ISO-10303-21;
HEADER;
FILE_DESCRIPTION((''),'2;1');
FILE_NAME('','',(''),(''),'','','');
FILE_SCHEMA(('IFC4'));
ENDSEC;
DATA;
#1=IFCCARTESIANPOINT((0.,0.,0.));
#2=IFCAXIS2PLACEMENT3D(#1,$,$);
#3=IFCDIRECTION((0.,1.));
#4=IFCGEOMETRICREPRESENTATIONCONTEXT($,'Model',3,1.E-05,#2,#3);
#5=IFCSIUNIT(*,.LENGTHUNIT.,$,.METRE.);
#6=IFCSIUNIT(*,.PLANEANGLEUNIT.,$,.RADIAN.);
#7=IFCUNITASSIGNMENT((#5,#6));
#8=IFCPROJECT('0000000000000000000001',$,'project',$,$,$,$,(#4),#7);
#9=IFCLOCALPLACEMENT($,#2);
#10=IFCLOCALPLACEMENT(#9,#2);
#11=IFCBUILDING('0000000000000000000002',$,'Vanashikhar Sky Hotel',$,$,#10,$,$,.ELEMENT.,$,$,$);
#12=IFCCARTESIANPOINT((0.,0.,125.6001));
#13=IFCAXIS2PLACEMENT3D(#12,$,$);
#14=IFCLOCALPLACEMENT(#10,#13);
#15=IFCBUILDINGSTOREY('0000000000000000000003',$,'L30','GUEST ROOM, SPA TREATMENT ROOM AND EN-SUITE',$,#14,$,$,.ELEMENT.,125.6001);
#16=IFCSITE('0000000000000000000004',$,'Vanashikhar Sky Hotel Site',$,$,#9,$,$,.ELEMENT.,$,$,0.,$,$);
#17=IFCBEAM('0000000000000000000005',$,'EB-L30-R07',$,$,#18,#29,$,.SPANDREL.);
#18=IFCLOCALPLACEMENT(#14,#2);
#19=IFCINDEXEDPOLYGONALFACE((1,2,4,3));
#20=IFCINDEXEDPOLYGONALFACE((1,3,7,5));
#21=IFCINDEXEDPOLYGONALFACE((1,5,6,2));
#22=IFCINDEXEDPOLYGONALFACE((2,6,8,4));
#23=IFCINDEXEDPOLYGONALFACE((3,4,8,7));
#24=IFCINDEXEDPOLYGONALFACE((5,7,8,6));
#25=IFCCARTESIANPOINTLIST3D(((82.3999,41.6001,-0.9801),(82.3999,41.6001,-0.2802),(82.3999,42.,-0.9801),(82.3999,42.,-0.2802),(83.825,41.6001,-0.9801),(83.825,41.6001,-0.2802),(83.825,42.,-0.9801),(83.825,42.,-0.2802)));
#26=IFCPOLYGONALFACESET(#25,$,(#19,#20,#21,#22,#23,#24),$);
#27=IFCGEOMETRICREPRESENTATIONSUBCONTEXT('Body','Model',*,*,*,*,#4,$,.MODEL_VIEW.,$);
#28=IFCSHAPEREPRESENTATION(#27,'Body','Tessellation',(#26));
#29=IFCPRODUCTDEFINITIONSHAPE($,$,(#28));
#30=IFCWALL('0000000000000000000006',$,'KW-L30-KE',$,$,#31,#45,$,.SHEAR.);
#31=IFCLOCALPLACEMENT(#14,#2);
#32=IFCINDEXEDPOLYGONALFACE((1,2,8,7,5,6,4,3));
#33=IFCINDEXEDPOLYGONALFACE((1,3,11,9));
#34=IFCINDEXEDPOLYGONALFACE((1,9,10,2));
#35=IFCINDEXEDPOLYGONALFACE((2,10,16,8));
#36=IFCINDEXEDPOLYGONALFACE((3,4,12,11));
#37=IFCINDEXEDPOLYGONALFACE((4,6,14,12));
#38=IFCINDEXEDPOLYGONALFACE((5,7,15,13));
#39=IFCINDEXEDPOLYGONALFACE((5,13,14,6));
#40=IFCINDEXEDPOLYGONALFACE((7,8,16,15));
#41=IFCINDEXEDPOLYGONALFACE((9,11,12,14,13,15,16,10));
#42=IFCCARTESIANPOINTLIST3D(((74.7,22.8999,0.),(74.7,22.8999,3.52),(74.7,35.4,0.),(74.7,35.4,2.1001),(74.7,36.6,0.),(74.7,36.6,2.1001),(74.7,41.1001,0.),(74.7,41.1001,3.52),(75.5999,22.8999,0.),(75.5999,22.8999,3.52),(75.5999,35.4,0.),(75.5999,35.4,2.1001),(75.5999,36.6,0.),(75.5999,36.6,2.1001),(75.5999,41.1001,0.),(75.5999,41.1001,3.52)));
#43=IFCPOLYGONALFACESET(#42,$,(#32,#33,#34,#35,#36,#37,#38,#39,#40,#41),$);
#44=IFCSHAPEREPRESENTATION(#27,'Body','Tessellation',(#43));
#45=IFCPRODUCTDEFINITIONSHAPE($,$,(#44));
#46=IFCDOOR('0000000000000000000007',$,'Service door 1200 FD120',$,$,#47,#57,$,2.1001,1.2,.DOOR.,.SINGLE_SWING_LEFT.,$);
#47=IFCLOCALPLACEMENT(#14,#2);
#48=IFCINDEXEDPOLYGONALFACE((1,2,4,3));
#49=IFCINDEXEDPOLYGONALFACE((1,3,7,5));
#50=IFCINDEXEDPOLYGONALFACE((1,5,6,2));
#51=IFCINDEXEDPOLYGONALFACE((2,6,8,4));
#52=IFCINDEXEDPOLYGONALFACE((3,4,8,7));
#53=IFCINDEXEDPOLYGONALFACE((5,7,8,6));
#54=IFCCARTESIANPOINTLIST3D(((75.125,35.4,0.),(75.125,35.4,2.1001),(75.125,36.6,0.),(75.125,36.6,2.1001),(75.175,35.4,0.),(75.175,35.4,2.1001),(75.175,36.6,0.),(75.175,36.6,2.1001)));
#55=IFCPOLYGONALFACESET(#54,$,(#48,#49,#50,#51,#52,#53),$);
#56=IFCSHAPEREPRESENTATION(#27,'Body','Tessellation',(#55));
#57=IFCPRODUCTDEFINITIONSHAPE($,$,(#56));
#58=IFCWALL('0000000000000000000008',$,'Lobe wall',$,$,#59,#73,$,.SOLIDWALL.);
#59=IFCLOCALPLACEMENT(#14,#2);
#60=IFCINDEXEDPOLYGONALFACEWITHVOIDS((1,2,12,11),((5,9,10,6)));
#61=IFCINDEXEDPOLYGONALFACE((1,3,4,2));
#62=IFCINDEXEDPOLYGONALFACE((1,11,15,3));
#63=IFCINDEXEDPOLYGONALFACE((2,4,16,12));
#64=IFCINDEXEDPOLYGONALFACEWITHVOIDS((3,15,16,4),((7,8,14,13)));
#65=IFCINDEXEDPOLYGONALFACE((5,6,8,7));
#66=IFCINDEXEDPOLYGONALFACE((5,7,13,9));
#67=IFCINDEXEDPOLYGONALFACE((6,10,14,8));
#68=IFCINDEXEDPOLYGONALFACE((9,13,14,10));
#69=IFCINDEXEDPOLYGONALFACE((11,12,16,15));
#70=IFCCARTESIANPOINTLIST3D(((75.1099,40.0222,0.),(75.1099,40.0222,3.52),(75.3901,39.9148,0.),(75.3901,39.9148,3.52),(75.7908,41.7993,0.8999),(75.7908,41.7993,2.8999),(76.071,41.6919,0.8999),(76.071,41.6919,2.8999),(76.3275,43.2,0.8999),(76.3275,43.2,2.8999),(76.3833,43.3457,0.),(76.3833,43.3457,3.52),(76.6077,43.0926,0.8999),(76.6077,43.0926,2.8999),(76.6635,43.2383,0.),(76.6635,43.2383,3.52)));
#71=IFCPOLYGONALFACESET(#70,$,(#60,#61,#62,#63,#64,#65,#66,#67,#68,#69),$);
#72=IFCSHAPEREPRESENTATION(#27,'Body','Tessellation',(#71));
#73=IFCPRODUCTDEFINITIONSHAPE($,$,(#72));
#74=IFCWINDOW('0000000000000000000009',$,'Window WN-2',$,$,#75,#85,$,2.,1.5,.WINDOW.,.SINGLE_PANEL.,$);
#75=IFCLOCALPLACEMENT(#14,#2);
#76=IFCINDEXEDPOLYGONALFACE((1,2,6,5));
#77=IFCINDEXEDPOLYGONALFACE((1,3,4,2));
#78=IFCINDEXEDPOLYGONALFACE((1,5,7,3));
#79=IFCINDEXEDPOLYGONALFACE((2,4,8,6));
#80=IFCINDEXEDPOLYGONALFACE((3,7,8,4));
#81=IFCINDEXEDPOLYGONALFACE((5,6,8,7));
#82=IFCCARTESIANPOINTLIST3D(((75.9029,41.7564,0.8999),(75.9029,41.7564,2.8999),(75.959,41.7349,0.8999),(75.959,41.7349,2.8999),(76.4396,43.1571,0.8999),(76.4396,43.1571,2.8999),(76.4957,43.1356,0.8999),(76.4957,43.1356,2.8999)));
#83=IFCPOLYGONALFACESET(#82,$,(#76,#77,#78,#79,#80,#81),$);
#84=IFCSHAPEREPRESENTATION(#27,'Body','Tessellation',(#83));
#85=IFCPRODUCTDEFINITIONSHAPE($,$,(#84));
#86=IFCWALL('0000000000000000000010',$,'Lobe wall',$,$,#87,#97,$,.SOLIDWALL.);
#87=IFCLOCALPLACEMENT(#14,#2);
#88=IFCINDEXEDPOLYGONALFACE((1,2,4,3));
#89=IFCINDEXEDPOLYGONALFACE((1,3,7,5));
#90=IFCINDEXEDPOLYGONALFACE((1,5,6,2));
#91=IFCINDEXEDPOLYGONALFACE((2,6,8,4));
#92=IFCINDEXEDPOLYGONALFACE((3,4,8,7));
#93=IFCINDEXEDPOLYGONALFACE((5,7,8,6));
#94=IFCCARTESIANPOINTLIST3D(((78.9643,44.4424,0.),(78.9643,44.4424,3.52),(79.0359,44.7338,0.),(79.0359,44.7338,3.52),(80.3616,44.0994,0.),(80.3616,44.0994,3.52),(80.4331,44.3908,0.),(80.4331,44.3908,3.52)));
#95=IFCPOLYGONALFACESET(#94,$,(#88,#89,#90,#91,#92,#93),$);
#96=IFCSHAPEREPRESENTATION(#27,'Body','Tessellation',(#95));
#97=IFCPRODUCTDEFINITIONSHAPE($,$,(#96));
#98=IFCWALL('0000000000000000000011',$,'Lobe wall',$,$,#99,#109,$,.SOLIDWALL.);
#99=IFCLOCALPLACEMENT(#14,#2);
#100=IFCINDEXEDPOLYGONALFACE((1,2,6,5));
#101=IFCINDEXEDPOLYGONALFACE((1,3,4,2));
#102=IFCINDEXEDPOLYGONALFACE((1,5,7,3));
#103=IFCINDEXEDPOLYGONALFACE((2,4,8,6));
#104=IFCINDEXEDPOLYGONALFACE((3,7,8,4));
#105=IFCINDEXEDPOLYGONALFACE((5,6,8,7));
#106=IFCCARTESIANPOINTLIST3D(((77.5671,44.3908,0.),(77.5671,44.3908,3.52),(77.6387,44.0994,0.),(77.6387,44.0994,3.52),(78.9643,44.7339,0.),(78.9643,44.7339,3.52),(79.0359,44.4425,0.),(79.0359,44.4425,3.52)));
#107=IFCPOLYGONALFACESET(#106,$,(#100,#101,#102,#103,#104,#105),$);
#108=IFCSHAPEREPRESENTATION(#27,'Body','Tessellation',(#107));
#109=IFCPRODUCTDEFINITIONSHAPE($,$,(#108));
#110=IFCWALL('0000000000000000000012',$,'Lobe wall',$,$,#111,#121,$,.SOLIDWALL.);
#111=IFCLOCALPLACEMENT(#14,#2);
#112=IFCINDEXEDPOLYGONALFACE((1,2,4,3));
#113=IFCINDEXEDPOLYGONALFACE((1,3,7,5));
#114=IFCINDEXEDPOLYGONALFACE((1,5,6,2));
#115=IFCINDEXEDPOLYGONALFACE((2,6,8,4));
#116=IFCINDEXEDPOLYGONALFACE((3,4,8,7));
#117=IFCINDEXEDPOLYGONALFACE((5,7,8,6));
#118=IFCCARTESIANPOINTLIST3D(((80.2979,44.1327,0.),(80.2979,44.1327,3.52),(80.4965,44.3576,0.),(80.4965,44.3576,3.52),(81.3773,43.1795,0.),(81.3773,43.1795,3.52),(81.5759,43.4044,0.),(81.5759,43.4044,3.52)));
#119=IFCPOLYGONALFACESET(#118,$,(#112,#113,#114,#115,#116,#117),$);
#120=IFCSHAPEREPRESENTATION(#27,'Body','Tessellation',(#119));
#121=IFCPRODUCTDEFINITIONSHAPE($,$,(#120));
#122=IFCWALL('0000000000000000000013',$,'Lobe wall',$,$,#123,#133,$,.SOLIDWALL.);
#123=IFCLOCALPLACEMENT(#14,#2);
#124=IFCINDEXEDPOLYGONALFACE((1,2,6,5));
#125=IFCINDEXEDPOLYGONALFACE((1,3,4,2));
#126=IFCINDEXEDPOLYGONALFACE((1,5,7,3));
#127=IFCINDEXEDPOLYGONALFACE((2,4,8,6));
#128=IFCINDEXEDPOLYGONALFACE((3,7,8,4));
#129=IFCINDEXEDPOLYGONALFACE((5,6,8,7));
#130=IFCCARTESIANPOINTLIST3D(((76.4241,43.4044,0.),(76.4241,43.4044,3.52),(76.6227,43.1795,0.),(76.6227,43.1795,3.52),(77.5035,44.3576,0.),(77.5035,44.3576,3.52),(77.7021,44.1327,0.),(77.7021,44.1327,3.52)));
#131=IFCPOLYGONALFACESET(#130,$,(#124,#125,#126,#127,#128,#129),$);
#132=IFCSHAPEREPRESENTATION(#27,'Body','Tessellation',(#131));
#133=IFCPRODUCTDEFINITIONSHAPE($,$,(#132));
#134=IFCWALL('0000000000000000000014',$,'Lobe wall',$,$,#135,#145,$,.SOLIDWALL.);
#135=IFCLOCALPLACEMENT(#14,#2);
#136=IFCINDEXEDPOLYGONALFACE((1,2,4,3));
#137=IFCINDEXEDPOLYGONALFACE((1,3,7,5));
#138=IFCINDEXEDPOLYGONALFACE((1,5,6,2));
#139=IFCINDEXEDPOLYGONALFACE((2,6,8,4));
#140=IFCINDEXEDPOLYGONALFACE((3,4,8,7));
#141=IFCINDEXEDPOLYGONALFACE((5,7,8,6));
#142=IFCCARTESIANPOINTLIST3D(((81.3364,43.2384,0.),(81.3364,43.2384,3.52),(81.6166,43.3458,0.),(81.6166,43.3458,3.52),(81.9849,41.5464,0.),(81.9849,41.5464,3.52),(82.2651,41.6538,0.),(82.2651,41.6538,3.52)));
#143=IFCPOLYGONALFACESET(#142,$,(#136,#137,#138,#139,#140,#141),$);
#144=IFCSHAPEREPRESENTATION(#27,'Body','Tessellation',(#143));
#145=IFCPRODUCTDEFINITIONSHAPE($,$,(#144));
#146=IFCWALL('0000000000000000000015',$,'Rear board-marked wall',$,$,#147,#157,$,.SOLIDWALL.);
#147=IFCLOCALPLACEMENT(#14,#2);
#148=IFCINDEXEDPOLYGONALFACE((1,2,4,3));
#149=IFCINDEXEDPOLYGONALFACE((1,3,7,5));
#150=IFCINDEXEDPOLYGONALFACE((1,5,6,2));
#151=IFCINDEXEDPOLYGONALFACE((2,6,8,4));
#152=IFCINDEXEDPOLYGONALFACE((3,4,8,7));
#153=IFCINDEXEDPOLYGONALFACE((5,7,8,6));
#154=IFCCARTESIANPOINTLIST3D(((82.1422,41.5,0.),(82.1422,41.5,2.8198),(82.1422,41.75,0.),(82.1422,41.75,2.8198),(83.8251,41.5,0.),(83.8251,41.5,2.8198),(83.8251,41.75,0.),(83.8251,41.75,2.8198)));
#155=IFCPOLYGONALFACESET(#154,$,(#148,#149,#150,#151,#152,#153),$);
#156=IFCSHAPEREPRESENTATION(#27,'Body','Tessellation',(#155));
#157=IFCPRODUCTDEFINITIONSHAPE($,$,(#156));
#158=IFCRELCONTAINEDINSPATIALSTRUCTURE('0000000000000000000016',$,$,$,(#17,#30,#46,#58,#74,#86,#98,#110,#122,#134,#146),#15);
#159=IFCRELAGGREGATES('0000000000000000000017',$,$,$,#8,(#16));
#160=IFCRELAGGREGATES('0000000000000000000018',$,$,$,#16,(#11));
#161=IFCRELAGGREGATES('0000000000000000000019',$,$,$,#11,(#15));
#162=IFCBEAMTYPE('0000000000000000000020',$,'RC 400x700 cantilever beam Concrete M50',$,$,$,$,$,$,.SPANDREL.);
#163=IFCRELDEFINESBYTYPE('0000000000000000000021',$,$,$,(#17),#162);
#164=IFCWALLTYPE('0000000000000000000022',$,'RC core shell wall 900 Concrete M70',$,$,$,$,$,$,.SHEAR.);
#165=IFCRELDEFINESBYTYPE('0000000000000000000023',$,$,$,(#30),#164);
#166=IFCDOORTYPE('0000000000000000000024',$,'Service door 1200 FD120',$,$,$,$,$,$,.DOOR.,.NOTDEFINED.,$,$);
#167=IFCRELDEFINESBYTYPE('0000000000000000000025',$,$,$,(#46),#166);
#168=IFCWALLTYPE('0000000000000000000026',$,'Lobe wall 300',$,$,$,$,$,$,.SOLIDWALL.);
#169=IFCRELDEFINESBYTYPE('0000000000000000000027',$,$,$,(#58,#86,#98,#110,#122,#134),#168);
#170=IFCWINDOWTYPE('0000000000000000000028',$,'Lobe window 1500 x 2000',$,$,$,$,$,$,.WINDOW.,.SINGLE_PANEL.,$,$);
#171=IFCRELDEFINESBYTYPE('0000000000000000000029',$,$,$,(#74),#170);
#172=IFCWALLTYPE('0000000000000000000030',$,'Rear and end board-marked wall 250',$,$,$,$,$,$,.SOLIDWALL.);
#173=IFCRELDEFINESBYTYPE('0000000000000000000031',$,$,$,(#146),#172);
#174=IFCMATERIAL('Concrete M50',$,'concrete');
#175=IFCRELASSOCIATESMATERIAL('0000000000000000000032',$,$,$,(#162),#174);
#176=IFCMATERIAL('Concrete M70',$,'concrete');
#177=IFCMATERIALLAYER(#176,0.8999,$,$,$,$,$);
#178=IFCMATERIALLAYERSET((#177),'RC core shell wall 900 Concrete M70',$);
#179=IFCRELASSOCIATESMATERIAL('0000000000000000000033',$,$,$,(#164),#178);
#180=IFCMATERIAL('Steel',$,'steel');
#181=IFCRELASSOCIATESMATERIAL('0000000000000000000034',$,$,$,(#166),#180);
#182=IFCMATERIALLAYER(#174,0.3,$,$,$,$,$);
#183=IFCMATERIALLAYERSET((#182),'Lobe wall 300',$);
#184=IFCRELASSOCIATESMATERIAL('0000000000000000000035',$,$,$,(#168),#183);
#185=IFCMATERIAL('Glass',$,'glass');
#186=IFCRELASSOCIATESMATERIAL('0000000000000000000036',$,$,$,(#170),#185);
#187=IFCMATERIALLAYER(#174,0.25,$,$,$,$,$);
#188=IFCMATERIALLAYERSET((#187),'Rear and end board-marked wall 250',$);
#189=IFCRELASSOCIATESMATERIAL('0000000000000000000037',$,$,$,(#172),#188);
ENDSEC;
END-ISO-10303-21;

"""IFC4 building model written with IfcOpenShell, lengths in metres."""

from ifc_helpers import new_model, si_unit, direction, frame, frame_2d, origin, origin_2d, place, context, subcontext, project, spatial, rectangle, extrude, source, transform, mapped, material, layer, layer_set, material_profile, profile_set, type_object, element, fill, save


model = new_model("IFC4")

# Units and contexts
model_context = context("Model", 3, precision=1e-05, world=origin(), true_north=direction((0.0, 1.0)))
body_context = subcontext(model_context, "Body", "Model", "MODEL_VIEW")
ifc_project = project(units=[si_unit("LENGTHUNIT", "METRE"), si_unit("PLANEANGLEUNIT", "RADIAN")], contexts=[model_context])

# Site, building, storey
site_placement = place(None, origin())
site = spatial("IfcSite", under=ifc_project, at=site_placement, Name="Vanashikhar Sky Hotel Site", CompositionType="ELEMENT", RefElevation=0.0)
building_placement = place(site_placement, origin())
building = spatial("IfcBuilding", under=site, at=building_placement, Name="Vanashikhar Sky Hotel", CompositionType="ELEMENT")
storey_placement = place(building_placement, frame((0.0, 0.0, 125.6001)))
storey = spatial("IfcBuildingStorey", under=building, at=storey_placement, Name="L30", Description="GUEST ROOM, SPA TREATMENT ROOM AND EN-SUITE", CompositionType="ELEMENT", Elevation=125.6001)

# Beam
ifc_material_1 = material(Name="Concrete M50", Category="concrete")
ifc_material_profile_1 = material_profile(ifc_material_1, rectangle(XDim=0.3999, YDim=0.7, at=origin_2d()))
ifc_profile_set_1 = profile_set([ifc_material_profile_1], Name="RC 400x700 cantilever beam Concrete M50")
beam_type = type_object("IfcBeamType", Name="RC 400x700 cantilever beam Concrete M50", PredefinedType="SPANDREL", material=ifc_profile_set_1)
shared_shape_1 = source(origin(), body_context, "Body", "SweptSolid", [
    extrude(rectangle(XDim=0.3999, YDim=0.7, at=origin_2d()), origin(), (0.0, 0.0, 1.0), 1.425),
])
beam_placement = place(storey_placement, frame((82.3999, 41.8, -0.6301), z_axis=(1.0, 0.0, 0.0), x_axis=(0.0, 1.0, 0.0)))
element("IfcBeam", 1, at=beam_placement, inside=storey, type_object=beam_type, Name="EB-L30-R07", PredefinedType="SPANDREL", context=body_context, shape_type="MappedRepresentation", body=[
    mapped(shared_shape_1, transform((0.0, 0.0, 0.0), scale=1.0)),
])

# Wall, opening, door
ifc_material_2 = material(Name="Concrete M70", Category="concrete")
ifc_layer_1 = layer(ifc_material_2, 0.8999)
ifc_layer_set_1 = layer_set([ifc_layer_1], Name="RC core shell wall 900 Concrete M70")
wall_type_1 = type_object("IfcWallType", Name="RC core shell wall 900 Concrete M70", PredefinedType="SHEAR", material=ifc_layer_set_1)
shared_shape_2 = source(origin(), body_context, "Body", "SweptSolid", [
    extrude(rectangle(XDim=18.2002, YDim=0.8999, at=frame_2d((9.1001, 0.0))), origin(), (0.0, 0.0, 1.0), 3.52),
])
wall_1_placement = place(storey_placement, frame((75.1499, 22.8999, 0.0), z_axis=(0.0, 0.0, 1.0), x_axis=(0.0, 1.0, 0.0)))
wall_1 = element("IfcWall", 2, at=wall_1_placement, inside=storey, type_object=wall_type_1, Name="KW-L30-KE", PredefinedType="SHEAR", context=body_context, shape_type="MappedRepresentation", body=[
    mapped(shared_shape_2, transform((0.0, 0.0, 0.0), scale=1.0)),
])
shared_shape_3 = source(origin(), body_context, "Body", "SweptSolid", [
    extrude(rectangle(XDim=1.2, YDim=2.1001, at=frame_2d((0.6001, 1.05))), frame((0.0, 0.46, 0.0), z_axis=(0.0, -1.0, 0.0), x_axis=(1.0, 0.0, 0.0)), (0.0, 0.0, 1.0), 0.9199),
])
opening_1_placement = place(wall_1_placement, frame((12.5, 0.0, 0.0)))
opening_1 = element("IfcOpeningElement", 3, at=opening_1_placement, cuts=wall_1, PredefinedType="OPENING", context=body_context, shape_type="MappedRepresentation", body=[
    mapped(shared_shape_3, transform((0.0, 0.0, 0.0), scale=1.0)),
])
ifc_material_3 = material(Name="Steel", Category="steel")
door_type_1 = type_object("IfcDoorType", Name="Service door 1200 FD120", OperationType="NOTDEFINED", PredefinedType="DOOR", material=ifc_material_3)
shared_shape_4 = source(origin(), body_context, "Body", "SweptSolid", [
    extrude(rectangle(XDim=1.2, YDim=2.1001, at=frame_2d((0.6001, 1.05))), frame((0.0, 0.0249, 0.0), z_axis=(0.0, -1.0, 0.0), x_axis=(1.0, 0.0, 0.0)), (0.0, 0.0, 1.0), 0.05),
])
door_1_placement = place(opening_1_placement, origin())
door_1 = element("IfcDoor", 4, at=door_1_placement, inside=storey, type_object=door_type_1, Name="Service door 1200 FD120", OperationType="SINGLE_SWING_LEFT", OverallHeight=2.1001, OverallWidth=1.2, PredefinedType="DOOR", context=body_context, shape_type="MappedRepresentation", body=[
    mapped(shared_shape_4, transform((0.0, 0.0, 0.0), scale=1.0)),
])
fill(opening_1, door_1)

# Wall, opening, window
ifc_layer_2 = layer(ifc_material_1, 0.3)
ifc_layer_set_2 = layer_set([ifc_layer_2], Name="Lobe wall 300")
wall_type_2 = type_object("IfcWallType", Name="Lobe wall 300", PredefinedType="SOLIDWALL", material=ifc_layer_set_2)
shared_shape_5 = source(origin(), body_context, "Body", "SweptSolid", [
    extrude(rectangle(XDim=3.5591, YDim=0.3, at=frame_2d((1.7795, 0.0))), origin(), (0.0, 0.0, 1.0), 3.52),
])
wall_2_placement = place(storey_placement, frame((76.5234, 43.292, 0.0), z_axis=(0.0, 0.0, 1.0), x_axis=(-0.357797, -0.933799, 0.0)))
wall_2 = element("IfcWall", 5, at=wall_2_placement, inside=storey, type_object=wall_type_2, Name="Lobe wall", PredefinedType="SOLIDWALL", context=body_context, shape_type="MappedRepresentation", body=[
    mapped(shared_shape_5, transform((0.0, 0.0, 0.0), scale=1.0)),
])
shared_shape_6 = source(origin(), body_context, "Body", "SweptSolid", [
    extrude(rectangle(XDim=1.5, YDim=2.0, at=frame_2d((0.75, 1.0))), frame((0.0, 0.1602, 0.0), z_axis=(0.0, -1.0, 0.0), x_axis=(1.0, 0.0, 0.0)), (0.0, 0.0, 1.0), 0.3201),
])
opening_2_placement = place(wall_2_placement, frame((0.156, 0.0, 0.8999)))
opening_2 = element("IfcOpeningElement", 6, at=opening_2_placement, cuts=wall_2, PredefinedType="OPENING", context=body_context, shape_type="MappedRepresentation", body=[
    mapped(shared_shape_6, transform((0.0, 0.0, 0.0), scale=1.0)),
])
ifc_material_4 = material(Name="Glass", Category="glass")
window_type = type_object("IfcWindowType", Name="Lobe window 1500 x 2000", PartitioningType="SINGLE_PANEL", PredefinedType="WINDOW", material=ifc_material_4)
shared_shape_7 = source(origin(), body_context, "Body", "SweptSolid", [
    extrude(rectangle(XDim=1.5, YDim=2.0, at=frame_2d((0.75, 1.0))), frame((0.0, 0.03, 0.0), z_axis=(0.0, -1.0, 0.0), x_axis=(1.0, 0.0, 0.0)), (0.0, 0.0, 1.0), 0.0601),
])
window_placement = place(opening_2_placement, origin())
window = element("IfcWindow", 7, at=window_placement, inside=storey, type_object=window_type, Name="Window WN-2", OverallHeight=2.0, OverallWidth=1.5, PartitioningType="SINGLE_PANEL", PredefinedType="WINDOW", context=body_context, shape_type="MappedRepresentation", body=[
    mapped(shared_shape_7, transform((0.0, 0.0, 0.0), scale=1.0)),
])
fill(opening_2, window)

# Walls
shared_shape_8 = source(origin(), body_context, "Body", "SweptSolid", [
    extrude(rectangle(XDim=1.4387, YDim=0.3, at=frame_2d((0.7192, 0.0))), origin(), (0.0, 0.0, 1.0), 3.52),
])
for number, where, z_axis, x_axis, name in (
    (8, (80.3972, 44.2451, 0.0), (0.0, 0.0, 1.0), (-0.971162, 0.238421, 0.0), "Lobe wall"),
    (9, (79.0, 44.5881, 0.0), (0.0, 0.0, 1.0), (-0.971162, -0.238421, 0.0), "Lobe wall"),
):
    element("IfcWall", number, at=place(storey_placement, frame(where, z_axis=z_axis, x_axis=x_axis)), inside=storey, type_object=wall_type_2, Name=name, PredefinedType="SOLIDWALL", context=body_context, shape_type="MappedRepresentation", body=[
        mapped(shared_shape_8, transform((0.0, 0.0, 0.0), scale=1.0)),
    ])
shared_shape_9 = source(origin(), body_context, "Body", "SweptSolid", [
    extrude(rectangle(XDim=1.4399, YDim=0.3, at=frame_2d((0.72, 0.0))), origin(), (0.0, 0.0, 1.0), 3.52),
])
for number, where, z_axis, x_axis, name in (
    (10, (81.4766, 43.292, 0.0), (0.0, 0.0, 1.0), (-0.749576, 0.661919, 0.0), "Lobe wall"),
    (11, (77.6028, 44.2451, 0.0), (0.0, 0.0, 1.0), (-0.749576, -0.661919, 0.0), "Lobe wall"),
):
    element("IfcWall", number, at=place(storey_placement, frame(where, z_axis=z_axis, x_axis=x_axis)), inside=storey, type_object=wall_type_2, Name=name, PredefinedType="SOLIDWALL", context=body_context, shape_type="MappedRepresentation", body=[
        mapped(shared_shape_9, transform((0.0, 0.0, 0.0), scale=1.0)),
    ])
shared_shape_10 = source(origin(), body_context, "Body", "SweptSolid", [
    extrude(rectangle(XDim=1.812, YDim=0.3, at=frame_2d((0.906, 0.0))), origin(), (0.0, 0.0, 1.0), 3.52),
])
wall_3_placement = place(storey_placement, frame((82.125, 41.6001, 0.0), z_axis=(0.0, 0.0, 1.0), x_axis=(-0.357877, 0.933769, 0.0)))
element("IfcWall", 12, at=wall_3_placement, inside=storey, type_object=wall_type_2, Name="Lobe wall", PredefinedType="SOLIDWALL", context=body_context, shape_type="MappedRepresentation", body=[
    mapped(shared_shape_10, transform((0.0, 0.0, 0.0), scale=1.0)),
])
ifc_layer_3 = layer(ifc_material_1, 0.25)
ifc_layer_set_3 = layer_set([ifc_layer_3], Name="Rear and end board-marked wall 250")
wall_type_3 = type_object("IfcWallType", Name="Rear and end board-marked wall 250", PredefinedType="SOLIDWALL", material=ifc_layer_set_3)
shared_shape_11 = source(origin(), body_context, "Body", "SweptSolid", [
    extrude(rectangle(XDim=1.6829, YDim=0.25, at=frame_2d((0.8413, 0.0))), origin(), (0.0, 0.0, 1.0), 2.8198),
])
wall_4_placement = place(storey_placement, frame((83.825, 41.625, 0.0), z_axis=(0.0, 0.0, 1.0), x_axis=(-1.0, 0.0, 0.0)))
element("IfcWall", 13, at=wall_4_placement, inside=storey, type_object=wall_type_3, Name="Rear board-marked wall", PredefinedType="SOLIDWALL", context=body_context, shape_type="MappedRepresentation", body=[
    mapped(shared_shape_11, transform((0.0, 0.0, 0.0), scale=1.0)),
])

save(model, "model.ifc")
